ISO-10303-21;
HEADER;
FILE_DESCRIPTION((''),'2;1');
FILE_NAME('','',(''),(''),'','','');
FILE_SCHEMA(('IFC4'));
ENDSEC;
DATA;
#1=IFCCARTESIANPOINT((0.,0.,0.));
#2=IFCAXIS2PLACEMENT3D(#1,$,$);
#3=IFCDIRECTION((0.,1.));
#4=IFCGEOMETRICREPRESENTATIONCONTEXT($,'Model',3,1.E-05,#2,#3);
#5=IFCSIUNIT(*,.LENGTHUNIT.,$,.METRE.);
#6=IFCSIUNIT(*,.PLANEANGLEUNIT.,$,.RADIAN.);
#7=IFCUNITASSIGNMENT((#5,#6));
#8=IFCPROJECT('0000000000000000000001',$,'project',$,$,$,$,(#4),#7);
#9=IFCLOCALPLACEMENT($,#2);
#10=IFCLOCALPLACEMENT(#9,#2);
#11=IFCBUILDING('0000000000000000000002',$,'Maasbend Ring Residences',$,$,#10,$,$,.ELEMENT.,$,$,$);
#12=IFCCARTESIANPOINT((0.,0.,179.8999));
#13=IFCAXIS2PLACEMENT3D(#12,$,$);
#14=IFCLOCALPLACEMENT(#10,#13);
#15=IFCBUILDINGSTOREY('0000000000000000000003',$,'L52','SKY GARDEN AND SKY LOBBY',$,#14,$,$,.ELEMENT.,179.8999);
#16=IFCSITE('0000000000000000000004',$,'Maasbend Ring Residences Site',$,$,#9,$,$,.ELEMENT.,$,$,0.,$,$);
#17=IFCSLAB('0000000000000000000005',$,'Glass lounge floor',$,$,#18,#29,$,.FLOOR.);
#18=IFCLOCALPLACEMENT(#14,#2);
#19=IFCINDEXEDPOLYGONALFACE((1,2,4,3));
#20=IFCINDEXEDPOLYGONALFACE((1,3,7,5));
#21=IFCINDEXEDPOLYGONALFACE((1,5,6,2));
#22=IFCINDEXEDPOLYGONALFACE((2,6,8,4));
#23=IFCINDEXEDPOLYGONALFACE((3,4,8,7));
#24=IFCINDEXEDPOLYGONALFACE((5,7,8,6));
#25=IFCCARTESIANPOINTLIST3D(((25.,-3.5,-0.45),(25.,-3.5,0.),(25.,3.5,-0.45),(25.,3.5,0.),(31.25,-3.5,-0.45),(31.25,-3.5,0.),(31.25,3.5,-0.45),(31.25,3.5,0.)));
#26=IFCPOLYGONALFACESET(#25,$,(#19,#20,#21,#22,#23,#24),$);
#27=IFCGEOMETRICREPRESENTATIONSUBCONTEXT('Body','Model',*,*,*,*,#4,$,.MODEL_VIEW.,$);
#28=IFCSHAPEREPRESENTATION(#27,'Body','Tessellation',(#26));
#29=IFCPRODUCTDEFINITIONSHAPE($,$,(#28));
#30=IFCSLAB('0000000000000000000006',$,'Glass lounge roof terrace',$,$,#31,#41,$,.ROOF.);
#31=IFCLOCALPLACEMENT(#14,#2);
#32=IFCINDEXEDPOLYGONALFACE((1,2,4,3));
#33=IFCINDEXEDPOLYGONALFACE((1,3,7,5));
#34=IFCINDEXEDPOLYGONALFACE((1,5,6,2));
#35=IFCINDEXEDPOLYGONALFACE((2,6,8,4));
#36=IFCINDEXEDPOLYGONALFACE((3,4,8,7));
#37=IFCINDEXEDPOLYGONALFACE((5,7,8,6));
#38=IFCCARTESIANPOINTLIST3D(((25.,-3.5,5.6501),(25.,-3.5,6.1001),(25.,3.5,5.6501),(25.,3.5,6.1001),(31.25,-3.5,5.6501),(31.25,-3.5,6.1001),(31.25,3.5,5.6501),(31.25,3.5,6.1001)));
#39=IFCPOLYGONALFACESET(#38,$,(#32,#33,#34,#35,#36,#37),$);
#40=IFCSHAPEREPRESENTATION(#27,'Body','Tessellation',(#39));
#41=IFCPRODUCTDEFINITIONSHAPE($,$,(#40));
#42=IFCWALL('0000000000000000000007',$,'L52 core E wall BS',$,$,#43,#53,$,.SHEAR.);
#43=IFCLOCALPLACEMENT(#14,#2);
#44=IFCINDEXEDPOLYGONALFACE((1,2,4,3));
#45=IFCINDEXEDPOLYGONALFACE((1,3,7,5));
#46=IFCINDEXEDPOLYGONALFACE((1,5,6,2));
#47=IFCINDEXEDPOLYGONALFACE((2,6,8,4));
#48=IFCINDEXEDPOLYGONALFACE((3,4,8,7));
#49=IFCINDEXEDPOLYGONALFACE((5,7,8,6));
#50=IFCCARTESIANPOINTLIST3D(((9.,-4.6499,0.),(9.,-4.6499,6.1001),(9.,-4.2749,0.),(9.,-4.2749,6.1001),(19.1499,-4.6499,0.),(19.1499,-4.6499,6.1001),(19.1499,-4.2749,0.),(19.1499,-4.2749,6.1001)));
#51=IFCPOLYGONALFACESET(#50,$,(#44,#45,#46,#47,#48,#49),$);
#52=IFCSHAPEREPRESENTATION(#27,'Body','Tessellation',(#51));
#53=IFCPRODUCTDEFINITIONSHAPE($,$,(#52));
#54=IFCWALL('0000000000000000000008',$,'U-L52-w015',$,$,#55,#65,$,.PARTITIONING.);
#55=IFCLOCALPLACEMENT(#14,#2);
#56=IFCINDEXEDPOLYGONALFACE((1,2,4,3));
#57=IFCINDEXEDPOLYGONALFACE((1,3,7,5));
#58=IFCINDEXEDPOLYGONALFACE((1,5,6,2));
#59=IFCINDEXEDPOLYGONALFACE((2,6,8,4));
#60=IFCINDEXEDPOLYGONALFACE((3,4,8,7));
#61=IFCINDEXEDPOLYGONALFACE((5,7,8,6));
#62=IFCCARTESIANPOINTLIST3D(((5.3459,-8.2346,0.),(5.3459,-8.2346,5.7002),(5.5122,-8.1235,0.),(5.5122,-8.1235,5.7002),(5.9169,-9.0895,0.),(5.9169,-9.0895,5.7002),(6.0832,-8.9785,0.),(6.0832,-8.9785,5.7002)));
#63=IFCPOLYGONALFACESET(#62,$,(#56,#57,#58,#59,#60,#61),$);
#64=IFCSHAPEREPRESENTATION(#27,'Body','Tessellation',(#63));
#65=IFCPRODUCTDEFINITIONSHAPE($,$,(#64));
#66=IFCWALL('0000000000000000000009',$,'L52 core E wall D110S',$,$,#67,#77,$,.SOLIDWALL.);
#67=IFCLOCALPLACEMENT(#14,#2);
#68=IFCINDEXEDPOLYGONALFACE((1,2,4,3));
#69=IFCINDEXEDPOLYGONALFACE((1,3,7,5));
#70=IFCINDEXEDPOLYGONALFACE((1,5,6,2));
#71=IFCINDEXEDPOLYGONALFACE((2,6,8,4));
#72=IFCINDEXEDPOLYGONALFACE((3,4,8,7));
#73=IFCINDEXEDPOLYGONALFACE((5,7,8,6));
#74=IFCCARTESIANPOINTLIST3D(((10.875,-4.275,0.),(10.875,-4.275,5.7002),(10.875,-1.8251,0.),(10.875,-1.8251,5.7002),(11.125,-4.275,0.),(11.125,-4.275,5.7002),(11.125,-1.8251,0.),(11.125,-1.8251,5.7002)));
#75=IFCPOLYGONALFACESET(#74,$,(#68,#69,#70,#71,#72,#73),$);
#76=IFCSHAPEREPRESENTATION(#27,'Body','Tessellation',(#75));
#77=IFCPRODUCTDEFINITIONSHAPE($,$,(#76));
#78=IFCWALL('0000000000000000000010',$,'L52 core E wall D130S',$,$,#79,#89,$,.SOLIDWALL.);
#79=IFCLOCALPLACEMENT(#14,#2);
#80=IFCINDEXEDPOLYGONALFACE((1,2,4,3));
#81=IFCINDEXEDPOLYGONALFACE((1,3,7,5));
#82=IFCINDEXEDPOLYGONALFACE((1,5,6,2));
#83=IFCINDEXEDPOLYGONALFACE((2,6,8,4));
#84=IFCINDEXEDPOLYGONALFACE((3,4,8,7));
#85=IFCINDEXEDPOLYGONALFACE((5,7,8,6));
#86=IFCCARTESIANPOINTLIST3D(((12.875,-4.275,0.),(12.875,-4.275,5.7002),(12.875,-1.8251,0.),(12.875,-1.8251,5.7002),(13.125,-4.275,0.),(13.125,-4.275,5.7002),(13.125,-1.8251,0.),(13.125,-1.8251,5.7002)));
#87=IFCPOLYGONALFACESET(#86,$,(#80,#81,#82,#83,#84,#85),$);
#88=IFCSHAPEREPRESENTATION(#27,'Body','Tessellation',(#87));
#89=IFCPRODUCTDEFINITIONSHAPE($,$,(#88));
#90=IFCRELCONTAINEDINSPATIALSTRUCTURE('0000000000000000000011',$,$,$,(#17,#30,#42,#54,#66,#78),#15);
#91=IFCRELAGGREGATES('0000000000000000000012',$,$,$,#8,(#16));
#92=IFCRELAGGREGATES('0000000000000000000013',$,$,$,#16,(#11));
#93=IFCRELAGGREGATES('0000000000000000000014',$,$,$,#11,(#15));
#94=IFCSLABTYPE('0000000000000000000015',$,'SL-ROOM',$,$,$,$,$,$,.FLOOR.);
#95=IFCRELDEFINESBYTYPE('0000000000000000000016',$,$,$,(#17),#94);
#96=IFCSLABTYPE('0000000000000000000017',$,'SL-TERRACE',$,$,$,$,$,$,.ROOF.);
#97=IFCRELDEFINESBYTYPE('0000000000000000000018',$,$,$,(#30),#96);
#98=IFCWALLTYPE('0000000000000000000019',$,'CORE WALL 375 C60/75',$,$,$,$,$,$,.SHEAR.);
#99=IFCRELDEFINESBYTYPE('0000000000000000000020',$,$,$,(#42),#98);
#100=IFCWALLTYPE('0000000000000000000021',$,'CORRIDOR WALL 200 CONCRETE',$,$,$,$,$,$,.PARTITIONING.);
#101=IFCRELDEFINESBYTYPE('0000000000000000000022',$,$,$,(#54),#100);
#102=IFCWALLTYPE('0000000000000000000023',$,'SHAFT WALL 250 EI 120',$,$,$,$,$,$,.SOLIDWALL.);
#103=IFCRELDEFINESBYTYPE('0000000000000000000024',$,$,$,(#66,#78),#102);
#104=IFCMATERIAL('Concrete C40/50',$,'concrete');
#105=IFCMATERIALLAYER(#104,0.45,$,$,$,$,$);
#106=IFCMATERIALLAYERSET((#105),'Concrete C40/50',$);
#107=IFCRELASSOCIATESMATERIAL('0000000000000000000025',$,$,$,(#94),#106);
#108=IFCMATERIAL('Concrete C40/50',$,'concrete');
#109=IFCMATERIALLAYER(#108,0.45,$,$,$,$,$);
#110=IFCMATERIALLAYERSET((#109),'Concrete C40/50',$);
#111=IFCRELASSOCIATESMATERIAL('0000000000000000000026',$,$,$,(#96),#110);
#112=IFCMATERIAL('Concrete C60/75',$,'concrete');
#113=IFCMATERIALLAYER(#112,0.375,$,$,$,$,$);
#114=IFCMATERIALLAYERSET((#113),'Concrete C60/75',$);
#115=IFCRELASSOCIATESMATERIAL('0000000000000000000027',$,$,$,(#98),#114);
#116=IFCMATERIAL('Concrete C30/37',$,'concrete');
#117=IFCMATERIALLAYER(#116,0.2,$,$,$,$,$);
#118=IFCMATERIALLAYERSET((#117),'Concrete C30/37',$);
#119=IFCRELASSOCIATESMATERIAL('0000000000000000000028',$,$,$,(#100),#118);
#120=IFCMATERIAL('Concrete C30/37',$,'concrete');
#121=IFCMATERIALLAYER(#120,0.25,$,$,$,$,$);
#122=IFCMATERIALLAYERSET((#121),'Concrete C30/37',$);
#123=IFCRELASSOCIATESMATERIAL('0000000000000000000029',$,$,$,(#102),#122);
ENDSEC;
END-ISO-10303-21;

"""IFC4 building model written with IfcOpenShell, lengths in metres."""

from ifc_helpers import new_model, si_unit, direction, frame, frame_2d, origin, place, context, subcontext, project, spatial, polyline, rectangle, outline, extrude, material, layer, layer_set, type_object, element, save


model = new_model("IFC4")

# Units and contexts
model_context = context("Model", 3, precision=1e-05, world=origin(), true_north=direction((0.0, 1.0)))
body_context = subcontext(model_context, "Body", "Model", "MODEL_VIEW")
ifc_project = project(units=[si_unit("LENGTHUNIT", "METRE"), si_unit("PLANEANGLEUNIT", "RADIAN")], contexts=[model_context])

# Site, building, storey
site_placement = place(None, origin())
site = spatial("IfcSite", under=ifc_project, at=site_placement, Name="Maasbend Ring Residences Site", CompositionType="ELEMENT", RefElevation=0.0)
building_placement = place(site_placement, origin())
building = spatial("IfcBuilding", under=site, at=building_placement, Name="Maasbend Ring Residences", CompositionType="ELEMENT")
storey_placement = place(building_placement, frame((0.0, 0.0, 179.8999)))
storey = spatial("IfcBuildingStorey", under=building, at=storey_placement, Name="L52", Description="SKY GARDEN AND SKY LOBBY", CompositionType="ELEMENT", Elevation=179.8999)

# Slabs
ifc_material_1 = material(Name="Concrete C40/50", Category="concrete")
ifc_layer_1 = layer(ifc_material_1, 0.45)
ifc_layer_set_1 = layer_set([ifc_layer_1], Name="Concrete C40/50")
slab_type_1 = type_object("IfcSlabType", Name="SL-ROOM", PredefinedType="FLOOR", material=ifc_layer_set_1)
slab_1_placement = place(storey_placement, frame((0.0, 0.0, -0.45)))
element("IfcSlab", 1, at=slab_1_placement, inside=storey, type_object=slab_type_1, Name="Glass lounge floor", PredefinedType="FLOOR", context=body_context, shape_type="SweptSolid", body=[
    extrude(outline(polyline([(25.0, -3.5), (31.25, -3.5), (31.25, 3.5), (25.0, 3.5), (25.0, -3.5)])), origin(), (0.0, 0.0, 1.0), 0.45),
])
ifc_material_2 = material(Name="Concrete C40/50", Category="concrete")
ifc_layer_2 = layer(ifc_material_2, 0.45)
ifc_layer_set_2 = layer_set([ifc_layer_2], Name="Concrete C40/50")
slab_type_2 = type_object("IfcSlabType", Name="SL-TERRACE", PredefinedType="ROOF", material=ifc_layer_set_2)
slab_2_placement = place(storey_placement, frame((0.0, 0.0, 5.6501)))
element("IfcSlab", 2, at=slab_2_placement, inside=storey, type_object=slab_type_2, Name="Glass lounge roof terrace", PredefinedType="ROOF", context=body_context, shape_type="SweptSolid", body=[
    extrude(outline(polyline([(25.0, -3.5), (31.25, -3.5), (31.25, 3.5), (25.0, 3.5), (25.0, -3.5)])), origin(), (0.0, 0.0, 1.0), 0.45),
])

# Walls
ifc_material_3 = material(Name="Concrete C60/75", Category="concrete")
ifc_layer_3 = layer(ifc_material_3, 0.375)
ifc_layer_set_3 = layer_set([ifc_layer_3], Name="Concrete C60/75")
wall_type_1 = type_object("IfcWallType", Name="CORE WALL 375 C60/75", PredefinedType="SHEAR", material=ifc_layer_set_3)
wall_1_placement = place(storey_placement, frame((9.0, -4.4624, 0.0), z_axis=(0.0, 0.0, 1.0), x_axis=(1.0, 0.0, 0.0)))
element("IfcWall", 3, at=wall_1_placement, inside=storey, type_object=wall_type_1, Name="L52 core E wall BS", PredefinedType="SHEAR", context=body_context, shape_type="SweptSolid", body=[
    extrude(rectangle(XDim=10.1499, YDim=0.375, at=frame_2d((5.075, 0.0))), origin(), (0.0, 0.0, 1.0), 6.1001),
])
ifc_material_4 = material(Name="Concrete C30/37", Category="concrete")
ifc_layer_4 = layer(ifc_material_4, 0.2)
ifc_layer_set_4 = layer_set([ifc_layer_4], Name="Concrete C30/37")
wall_type_2 = type_object("IfcWallType", Name="CORRIDOR WALL 200 CONCRETE", PredefinedType="PARTITIONING", material=ifc_layer_set_4)
wall_2_placement = place(storey_placement, frame((5.429, -8.179, 0.0), z_axis=(0.0, 0.0, 1.0), x_axis=(0.555412, -0.831575, 0.0)))
element("IfcWall", 4, at=wall_2_placement, inside=storey, type_object=wall_type_2, Name="U-L52-w015", PredefinedType="PARTITIONING", context=body_context, shape_type="SweptSolid", body=[
    extrude(rectangle(XDim=1.0281, YDim=0.2, at=frame_2d((0.5142, 0.0))), origin(), (0.0, 0.0, 1.0), 5.7002),
])
ifc_material_5 = material(Name="Concrete C30/37", Category="concrete")
ifc_layer_5 = layer(ifc_material_5, 0.25)
ifc_layer_set_5 = layer_set([ifc_layer_5], Name="Concrete C30/37")
wall_type_3 = type_object("IfcWallType", Name="SHAFT WALL 250 EI 120", PredefinedType="SOLIDWALL", material=ifc_layer_set_5)
for number, where, z_axis, x_axis, name in (
    (5, (11.0, -1.825, 0.0), (0.0, 0.0, 1.0), (0.0, -1.0, 0.0), "L52 core E wall D110S"),
    (6, (13.0, -1.825, 0.0), (0.0, 0.0, 1.0), (0.0, -1.0, 0.0), "L52 core E wall D130S"),
):
    element("IfcWall", number, at=place(storey_placement, frame(where, z_axis=z_axis, x_axis=x_axis)), inside=storey, type_object=wall_type_3, Name=name, PredefinedType="SOLIDWALL", context=body_context, shape_type="SweptSolid", body=[
        extrude(rectangle(XDim=2.45, YDim=0.25, at=frame_2d((1.2251, 0.0))), origin(), (0.0, 0.0, 1.0), 5.7002),
    ])

save(model, "model.ifc")
